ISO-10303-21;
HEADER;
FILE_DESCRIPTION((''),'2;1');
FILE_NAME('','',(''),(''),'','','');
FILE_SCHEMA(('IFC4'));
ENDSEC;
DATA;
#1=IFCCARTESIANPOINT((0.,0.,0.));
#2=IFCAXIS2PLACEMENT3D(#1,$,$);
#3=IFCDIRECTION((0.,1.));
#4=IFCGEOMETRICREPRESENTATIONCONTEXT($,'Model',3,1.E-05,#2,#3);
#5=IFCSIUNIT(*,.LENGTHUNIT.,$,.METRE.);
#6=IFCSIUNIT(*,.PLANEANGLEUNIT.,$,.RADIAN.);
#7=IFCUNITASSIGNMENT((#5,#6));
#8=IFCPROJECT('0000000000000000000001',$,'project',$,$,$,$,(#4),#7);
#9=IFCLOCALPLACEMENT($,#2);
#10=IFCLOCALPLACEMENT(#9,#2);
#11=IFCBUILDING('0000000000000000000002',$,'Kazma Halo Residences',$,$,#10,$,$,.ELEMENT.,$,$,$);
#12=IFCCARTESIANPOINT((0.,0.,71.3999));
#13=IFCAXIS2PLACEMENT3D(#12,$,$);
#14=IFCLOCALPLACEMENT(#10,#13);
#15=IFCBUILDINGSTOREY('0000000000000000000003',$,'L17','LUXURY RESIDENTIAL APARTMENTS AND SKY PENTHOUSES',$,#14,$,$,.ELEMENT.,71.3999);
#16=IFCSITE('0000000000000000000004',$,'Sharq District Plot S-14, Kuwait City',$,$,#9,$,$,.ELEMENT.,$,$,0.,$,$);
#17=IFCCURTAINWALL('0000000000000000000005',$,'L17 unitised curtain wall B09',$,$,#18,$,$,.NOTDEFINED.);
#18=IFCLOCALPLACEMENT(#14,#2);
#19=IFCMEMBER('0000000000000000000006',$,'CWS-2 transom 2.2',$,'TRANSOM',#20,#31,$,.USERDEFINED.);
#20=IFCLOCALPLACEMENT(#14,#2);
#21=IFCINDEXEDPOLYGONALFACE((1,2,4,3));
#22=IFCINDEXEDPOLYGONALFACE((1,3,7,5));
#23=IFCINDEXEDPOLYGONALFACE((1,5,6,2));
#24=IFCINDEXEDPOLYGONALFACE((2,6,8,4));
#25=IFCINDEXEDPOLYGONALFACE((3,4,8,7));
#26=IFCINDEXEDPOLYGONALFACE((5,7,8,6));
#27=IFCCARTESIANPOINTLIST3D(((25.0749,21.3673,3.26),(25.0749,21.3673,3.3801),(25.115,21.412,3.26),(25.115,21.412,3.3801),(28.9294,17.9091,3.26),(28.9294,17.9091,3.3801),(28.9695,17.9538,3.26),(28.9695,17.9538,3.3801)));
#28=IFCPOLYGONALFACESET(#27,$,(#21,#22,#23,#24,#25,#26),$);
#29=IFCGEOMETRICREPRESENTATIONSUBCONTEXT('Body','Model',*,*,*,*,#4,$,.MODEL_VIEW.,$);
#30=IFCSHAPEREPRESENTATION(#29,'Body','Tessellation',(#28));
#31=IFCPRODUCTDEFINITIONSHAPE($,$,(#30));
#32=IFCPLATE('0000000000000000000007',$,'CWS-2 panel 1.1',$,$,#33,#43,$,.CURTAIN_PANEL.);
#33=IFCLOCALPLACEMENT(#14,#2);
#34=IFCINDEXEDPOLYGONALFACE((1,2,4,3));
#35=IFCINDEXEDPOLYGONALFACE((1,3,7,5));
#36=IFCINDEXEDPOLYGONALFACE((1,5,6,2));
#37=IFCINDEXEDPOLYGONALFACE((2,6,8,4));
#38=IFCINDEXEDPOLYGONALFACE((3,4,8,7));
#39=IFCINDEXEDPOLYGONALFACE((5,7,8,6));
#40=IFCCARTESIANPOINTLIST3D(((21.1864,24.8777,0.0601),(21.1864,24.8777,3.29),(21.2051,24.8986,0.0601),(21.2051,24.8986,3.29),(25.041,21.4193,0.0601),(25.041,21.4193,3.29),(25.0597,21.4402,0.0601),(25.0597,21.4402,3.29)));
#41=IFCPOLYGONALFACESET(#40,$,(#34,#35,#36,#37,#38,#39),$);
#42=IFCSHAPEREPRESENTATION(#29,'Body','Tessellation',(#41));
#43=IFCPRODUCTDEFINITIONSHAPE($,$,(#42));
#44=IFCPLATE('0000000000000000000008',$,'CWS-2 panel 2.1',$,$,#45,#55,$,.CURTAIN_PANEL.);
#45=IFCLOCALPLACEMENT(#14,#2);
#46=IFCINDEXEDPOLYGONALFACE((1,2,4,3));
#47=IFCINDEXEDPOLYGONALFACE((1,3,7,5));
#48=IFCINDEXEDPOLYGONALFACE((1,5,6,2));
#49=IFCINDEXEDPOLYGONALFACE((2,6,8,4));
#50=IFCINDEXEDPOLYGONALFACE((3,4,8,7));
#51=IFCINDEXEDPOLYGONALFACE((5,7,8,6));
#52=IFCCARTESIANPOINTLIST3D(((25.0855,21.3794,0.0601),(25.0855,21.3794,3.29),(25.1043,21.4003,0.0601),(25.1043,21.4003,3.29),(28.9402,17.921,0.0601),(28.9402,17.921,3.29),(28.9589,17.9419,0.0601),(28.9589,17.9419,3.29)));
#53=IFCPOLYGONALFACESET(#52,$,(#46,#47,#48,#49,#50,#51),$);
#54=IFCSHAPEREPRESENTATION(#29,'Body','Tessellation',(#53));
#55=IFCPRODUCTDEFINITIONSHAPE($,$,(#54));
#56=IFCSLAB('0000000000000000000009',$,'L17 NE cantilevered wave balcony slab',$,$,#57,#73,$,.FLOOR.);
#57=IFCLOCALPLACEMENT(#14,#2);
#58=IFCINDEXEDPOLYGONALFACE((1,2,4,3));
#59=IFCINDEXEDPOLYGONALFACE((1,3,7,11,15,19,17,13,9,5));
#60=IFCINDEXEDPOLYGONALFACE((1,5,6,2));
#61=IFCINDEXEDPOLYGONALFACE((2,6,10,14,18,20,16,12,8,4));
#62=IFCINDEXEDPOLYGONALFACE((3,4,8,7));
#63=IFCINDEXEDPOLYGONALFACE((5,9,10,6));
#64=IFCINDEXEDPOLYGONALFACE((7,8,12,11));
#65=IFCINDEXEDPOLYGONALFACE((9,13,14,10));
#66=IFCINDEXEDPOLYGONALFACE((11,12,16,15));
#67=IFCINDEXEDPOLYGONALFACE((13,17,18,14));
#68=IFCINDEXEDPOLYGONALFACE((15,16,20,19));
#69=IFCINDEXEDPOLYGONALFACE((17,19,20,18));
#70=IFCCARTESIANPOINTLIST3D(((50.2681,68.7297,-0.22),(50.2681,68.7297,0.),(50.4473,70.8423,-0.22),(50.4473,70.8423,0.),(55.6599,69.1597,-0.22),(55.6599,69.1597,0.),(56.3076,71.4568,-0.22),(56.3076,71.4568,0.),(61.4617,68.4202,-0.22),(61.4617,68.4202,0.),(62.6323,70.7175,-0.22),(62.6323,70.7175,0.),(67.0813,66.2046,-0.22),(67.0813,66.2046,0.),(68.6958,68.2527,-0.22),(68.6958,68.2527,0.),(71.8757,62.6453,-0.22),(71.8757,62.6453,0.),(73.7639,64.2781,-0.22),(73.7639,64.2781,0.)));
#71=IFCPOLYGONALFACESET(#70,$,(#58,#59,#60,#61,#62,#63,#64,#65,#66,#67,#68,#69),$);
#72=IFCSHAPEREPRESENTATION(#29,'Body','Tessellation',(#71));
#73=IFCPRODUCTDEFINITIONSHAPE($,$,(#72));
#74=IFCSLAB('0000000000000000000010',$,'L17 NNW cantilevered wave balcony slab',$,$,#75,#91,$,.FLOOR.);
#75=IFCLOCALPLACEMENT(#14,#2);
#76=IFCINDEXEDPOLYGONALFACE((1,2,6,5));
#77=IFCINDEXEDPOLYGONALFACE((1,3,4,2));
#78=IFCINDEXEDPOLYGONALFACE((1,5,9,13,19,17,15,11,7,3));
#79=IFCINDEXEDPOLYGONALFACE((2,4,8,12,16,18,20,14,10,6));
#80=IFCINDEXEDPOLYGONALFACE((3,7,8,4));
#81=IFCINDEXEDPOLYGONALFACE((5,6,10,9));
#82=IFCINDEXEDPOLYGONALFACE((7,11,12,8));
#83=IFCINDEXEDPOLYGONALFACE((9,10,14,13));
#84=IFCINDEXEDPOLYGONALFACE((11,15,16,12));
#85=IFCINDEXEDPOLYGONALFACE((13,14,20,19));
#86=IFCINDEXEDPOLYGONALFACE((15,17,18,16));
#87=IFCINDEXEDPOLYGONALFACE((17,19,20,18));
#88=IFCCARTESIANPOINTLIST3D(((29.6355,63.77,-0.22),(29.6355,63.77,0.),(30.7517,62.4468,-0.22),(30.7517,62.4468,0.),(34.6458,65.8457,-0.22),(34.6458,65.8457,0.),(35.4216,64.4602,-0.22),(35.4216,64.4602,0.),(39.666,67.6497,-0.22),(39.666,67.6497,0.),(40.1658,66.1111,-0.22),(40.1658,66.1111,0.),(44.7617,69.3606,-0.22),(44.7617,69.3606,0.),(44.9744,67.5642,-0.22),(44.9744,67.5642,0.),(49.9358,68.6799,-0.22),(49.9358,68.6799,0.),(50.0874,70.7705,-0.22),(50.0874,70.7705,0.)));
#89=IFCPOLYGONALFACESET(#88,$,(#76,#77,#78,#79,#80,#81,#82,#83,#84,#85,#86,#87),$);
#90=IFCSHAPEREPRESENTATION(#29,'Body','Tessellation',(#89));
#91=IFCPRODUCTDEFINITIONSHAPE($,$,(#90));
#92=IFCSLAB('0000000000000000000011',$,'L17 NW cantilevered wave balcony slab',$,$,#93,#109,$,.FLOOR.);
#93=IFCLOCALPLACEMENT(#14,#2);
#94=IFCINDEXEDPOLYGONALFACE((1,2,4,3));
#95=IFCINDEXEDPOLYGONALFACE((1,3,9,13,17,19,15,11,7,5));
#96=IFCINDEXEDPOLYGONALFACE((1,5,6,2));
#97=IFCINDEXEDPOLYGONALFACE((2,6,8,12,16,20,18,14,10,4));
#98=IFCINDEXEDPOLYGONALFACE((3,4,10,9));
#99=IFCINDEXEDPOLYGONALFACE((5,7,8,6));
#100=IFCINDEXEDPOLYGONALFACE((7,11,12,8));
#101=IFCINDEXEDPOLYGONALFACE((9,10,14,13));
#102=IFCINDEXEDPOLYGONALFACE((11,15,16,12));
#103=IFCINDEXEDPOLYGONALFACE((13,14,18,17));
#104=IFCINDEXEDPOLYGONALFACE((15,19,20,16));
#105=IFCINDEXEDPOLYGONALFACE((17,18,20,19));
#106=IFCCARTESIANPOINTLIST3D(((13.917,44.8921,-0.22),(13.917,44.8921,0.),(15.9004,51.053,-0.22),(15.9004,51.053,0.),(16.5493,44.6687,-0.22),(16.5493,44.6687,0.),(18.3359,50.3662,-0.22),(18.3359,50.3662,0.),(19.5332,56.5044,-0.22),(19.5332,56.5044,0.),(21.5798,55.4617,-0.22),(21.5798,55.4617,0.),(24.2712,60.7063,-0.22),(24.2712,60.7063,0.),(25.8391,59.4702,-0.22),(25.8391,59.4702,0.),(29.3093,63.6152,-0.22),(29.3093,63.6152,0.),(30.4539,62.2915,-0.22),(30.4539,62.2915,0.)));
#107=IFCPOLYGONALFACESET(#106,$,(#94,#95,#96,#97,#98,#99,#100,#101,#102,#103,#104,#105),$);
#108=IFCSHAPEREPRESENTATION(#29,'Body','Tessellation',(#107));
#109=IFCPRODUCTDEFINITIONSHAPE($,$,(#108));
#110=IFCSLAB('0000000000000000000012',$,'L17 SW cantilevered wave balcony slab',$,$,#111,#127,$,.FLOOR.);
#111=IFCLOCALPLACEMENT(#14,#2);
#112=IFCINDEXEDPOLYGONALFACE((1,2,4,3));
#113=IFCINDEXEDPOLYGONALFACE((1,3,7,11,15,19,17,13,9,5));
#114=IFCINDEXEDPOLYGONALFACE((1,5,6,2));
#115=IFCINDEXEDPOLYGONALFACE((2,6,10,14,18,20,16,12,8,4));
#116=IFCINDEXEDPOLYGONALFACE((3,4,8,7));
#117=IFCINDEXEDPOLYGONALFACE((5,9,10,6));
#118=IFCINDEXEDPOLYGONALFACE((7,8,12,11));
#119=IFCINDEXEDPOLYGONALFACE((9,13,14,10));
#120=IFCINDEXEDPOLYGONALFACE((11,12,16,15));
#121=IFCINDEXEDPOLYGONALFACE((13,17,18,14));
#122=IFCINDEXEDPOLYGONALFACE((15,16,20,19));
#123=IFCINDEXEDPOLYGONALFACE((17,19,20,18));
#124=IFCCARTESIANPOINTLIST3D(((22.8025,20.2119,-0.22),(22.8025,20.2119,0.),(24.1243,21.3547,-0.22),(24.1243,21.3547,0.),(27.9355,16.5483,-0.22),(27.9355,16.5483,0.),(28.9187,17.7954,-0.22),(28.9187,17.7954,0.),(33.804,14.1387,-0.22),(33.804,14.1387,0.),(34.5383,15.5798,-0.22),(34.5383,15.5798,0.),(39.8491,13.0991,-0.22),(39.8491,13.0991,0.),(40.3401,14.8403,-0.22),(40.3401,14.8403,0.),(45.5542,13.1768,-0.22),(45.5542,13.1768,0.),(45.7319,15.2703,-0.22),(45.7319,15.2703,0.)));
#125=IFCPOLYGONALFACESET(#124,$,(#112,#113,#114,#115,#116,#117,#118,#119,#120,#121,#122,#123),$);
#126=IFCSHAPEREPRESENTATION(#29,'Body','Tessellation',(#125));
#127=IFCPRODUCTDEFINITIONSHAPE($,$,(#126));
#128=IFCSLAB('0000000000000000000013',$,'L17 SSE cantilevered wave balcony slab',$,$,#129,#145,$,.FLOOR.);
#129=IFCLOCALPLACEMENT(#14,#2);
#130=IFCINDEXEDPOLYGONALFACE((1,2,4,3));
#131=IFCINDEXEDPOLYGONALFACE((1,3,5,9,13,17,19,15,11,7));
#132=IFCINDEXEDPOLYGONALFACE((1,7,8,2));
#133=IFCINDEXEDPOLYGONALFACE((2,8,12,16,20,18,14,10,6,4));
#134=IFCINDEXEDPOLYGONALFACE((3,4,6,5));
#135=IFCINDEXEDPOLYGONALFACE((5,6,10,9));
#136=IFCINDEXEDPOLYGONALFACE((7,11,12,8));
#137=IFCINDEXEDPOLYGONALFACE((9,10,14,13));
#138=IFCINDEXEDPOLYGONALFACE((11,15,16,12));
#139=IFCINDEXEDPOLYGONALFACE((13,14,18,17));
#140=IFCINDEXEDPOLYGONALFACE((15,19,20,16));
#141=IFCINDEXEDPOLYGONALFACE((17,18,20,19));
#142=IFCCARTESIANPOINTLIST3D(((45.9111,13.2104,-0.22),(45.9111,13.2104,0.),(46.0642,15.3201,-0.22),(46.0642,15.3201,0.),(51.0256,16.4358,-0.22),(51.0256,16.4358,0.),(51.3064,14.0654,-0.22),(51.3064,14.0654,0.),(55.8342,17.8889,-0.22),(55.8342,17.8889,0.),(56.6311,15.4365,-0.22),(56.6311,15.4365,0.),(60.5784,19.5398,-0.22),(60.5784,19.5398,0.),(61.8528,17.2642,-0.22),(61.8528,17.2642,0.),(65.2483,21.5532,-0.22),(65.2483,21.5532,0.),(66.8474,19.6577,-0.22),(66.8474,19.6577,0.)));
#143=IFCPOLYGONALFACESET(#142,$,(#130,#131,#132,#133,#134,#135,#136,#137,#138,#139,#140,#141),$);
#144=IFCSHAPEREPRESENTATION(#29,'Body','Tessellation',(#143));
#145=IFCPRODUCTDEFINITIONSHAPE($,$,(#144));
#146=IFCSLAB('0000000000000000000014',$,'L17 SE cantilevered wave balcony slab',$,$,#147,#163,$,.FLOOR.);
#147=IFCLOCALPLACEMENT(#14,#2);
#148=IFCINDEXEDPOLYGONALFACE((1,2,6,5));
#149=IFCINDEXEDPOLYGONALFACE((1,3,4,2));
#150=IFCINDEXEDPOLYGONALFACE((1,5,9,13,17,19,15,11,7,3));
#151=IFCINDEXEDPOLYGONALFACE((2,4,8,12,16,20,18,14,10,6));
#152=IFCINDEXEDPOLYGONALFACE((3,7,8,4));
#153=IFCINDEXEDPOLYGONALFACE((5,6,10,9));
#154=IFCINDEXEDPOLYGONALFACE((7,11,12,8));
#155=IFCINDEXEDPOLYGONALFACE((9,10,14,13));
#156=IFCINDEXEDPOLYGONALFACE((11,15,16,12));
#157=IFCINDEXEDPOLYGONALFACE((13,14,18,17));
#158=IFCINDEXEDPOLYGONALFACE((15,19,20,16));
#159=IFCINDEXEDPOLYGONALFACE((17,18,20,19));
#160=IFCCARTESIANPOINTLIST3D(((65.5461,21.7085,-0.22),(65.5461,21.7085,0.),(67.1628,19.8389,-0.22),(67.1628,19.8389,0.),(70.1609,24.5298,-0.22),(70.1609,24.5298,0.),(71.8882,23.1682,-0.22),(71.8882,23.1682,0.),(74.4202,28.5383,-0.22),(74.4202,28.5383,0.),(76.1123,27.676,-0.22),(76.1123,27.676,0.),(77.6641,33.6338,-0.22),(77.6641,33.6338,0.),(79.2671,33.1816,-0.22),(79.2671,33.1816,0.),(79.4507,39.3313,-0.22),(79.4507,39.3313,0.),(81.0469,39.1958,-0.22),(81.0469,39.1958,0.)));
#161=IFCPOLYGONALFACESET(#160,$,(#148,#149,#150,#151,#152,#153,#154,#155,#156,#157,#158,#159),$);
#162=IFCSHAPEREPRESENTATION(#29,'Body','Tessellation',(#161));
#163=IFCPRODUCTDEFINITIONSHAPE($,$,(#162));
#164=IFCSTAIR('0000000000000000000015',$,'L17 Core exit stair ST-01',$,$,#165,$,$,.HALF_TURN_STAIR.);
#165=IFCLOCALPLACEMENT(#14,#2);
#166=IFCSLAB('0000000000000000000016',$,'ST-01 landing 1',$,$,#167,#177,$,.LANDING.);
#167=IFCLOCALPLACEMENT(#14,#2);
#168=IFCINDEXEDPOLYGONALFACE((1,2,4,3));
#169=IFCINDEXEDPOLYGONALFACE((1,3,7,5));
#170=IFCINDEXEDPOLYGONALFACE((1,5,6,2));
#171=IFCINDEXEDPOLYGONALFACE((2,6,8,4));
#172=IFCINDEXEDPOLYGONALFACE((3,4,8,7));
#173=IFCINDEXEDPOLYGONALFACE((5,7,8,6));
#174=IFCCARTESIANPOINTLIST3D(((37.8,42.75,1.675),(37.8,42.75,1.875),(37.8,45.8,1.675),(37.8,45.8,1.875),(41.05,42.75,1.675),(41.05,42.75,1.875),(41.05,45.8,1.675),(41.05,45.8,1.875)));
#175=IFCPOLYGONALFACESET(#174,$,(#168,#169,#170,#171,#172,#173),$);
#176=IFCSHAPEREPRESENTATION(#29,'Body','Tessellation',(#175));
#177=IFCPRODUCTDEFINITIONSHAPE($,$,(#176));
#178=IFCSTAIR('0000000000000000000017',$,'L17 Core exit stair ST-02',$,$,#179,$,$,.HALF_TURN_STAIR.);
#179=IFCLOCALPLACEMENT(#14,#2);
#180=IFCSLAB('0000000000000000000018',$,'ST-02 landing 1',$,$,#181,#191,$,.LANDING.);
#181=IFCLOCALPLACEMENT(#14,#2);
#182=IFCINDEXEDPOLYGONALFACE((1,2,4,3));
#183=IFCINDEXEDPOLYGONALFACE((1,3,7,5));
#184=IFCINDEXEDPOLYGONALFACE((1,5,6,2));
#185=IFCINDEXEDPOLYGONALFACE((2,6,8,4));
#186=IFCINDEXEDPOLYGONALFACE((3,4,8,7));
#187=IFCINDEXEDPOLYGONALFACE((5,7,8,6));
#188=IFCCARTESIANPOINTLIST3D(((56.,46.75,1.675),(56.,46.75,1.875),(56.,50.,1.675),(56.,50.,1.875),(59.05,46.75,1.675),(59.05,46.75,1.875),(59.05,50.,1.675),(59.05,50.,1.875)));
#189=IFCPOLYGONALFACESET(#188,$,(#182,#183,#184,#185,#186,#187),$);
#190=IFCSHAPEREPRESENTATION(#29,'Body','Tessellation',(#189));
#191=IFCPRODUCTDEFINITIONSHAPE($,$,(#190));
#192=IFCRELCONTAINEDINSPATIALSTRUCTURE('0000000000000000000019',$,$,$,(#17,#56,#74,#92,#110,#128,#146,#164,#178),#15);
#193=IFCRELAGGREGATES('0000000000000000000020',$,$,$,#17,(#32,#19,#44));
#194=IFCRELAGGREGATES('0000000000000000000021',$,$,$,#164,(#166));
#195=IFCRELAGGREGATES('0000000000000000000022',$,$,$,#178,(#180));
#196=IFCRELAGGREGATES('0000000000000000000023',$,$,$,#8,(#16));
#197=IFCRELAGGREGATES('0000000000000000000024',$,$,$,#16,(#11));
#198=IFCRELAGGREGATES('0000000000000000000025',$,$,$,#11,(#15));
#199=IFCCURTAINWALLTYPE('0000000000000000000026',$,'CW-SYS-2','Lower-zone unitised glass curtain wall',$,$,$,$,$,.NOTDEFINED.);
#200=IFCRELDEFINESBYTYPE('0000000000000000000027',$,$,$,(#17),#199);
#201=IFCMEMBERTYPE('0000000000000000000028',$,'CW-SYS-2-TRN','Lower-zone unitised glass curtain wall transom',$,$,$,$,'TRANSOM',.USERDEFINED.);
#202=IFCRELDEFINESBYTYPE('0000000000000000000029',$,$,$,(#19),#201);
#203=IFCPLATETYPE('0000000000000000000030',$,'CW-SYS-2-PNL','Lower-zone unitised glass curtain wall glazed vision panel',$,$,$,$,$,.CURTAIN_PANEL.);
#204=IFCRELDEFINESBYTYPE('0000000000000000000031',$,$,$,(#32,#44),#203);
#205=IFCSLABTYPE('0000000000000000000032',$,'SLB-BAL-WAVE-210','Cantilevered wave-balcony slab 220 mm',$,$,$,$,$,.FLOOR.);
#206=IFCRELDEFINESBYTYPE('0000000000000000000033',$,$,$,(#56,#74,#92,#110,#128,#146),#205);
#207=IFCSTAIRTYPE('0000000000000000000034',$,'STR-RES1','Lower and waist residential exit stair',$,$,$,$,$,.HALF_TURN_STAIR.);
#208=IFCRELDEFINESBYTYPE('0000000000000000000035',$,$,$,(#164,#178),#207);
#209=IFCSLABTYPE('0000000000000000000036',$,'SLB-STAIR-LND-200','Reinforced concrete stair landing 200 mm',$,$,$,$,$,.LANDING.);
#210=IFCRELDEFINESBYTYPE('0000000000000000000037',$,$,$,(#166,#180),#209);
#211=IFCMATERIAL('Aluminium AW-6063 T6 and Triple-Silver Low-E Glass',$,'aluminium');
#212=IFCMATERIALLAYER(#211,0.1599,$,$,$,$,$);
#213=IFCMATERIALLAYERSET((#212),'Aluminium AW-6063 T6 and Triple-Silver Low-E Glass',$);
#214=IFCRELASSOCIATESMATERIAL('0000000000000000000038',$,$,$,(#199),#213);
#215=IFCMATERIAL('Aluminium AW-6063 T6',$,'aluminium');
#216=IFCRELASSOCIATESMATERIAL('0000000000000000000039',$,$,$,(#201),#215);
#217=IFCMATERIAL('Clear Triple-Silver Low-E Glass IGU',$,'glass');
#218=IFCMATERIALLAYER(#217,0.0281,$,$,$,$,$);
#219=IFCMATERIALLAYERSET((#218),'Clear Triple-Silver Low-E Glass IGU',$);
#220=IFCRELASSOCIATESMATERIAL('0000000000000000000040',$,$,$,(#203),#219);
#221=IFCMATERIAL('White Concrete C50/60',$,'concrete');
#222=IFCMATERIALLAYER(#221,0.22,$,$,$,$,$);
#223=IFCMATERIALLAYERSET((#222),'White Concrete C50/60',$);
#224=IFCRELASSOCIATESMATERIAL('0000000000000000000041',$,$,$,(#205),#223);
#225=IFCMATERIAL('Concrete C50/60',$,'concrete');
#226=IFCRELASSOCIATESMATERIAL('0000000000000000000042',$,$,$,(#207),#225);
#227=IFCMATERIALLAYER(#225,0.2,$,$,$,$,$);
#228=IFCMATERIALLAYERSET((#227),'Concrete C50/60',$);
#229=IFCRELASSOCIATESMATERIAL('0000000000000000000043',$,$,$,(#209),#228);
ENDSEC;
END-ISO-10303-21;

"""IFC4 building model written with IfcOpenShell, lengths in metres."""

from ifc_helpers import new_model, si_unit, direction, frame, origin, origin_2d, place, context, subcontext, project, spatial, polyline, rectangle, outline, extrude, material, layer, layer_set, material_profile, profile_set, type_object, element, aggregate, save


model = new_model("IFC4")

# Units and contexts
model_context = context("Model", 3, precision=1e-05, world=origin(), true_north=direction((0.0, 1.0)))
body_context = subcontext(model_context, "Body", "Model", "MODEL_VIEW")
ifc_project = project(units=[si_unit("LENGTHUNIT", "METRE"), si_unit("PLANEANGLEUNIT", "RADIAN")], contexts=[model_context])

# Site, building, storey
site_placement = place(None, origin())
site = spatial("IfcSite", under=ifc_project, at=site_placement, Name="Sharq District Plot S-14, Kuwait City", CompositionType="ELEMENT", RefElevation=0.0)
building_placement = place(site_placement, origin())
building = spatial("IfcBuilding", under=site, at=building_placement, Name="Kazma Halo Residences", CompositionType="ELEMENT")
storey_placement = place(building_placement, frame((0.0, 0.0, 71.3999)))
storey = spatial("IfcBuildingStorey", under=building, at=storey_placement, Name="L17", Description="LUXURY RESIDENTIAL APARTMENTS AND SKY PENTHOUSES", CompositionType="ELEMENT", Elevation=71.3999)

# Curtain wall, member, plates
ifc_material_1 = material(Name="Aluminium AW-6063 T6 and Triple-Silver Low-E Glass", Category="aluminium")
ifc_layer_1 = layer(ifc_material_1, 0.1599)
ifc_layer_set_1 = layer_set([ifc_layer_1], Name="Aluminium AW-6063 T6 and Triple-Silver Low-E Glass")
curtain_wall_type = type_object("IfcCurtainWallType", Name="CW-SYS-2", Description="Lower-zone unitised glass curtain wall", PredefinedType="NOTDEFINED", material=ifc_layer_set_1)
curtain_wall_placement = place(storey_placement, origin())
curtain_wall = element("IfcCurtainWall", 1, at=curtain_wall_placement, inside=storey, type_object=curtain_wall_type, Name="L17 unitised curtain wall B09", PredefinedType="NOTDEFINED")
ifc_material_2 = material(Name="Aluminium AW-6063 T6", Category="aluminium")
ifc_material_profile_1 = material_profile(ifc_material_2, rectangle(XDim=0.0601, YDim=0.1201, at=origin_2d()), Name="CWT-60x120")
ifc_profile_set_1 = profile_set([ifc_material_profile_1], Name="Aluminium AW-6063 T6")
member_type_1 = type_object("IfcMemberType", Name="CW-SYS-2-TRN", Description="Lower-zone unitised glass curtain wall transom", ElementType="TRANSOM", PredefinedType="USERDEFINED", material=ifc_profile_set_1)
member_1_placement = place(storey_placement, frame((25.095, 21.3896, 3.3201), z_axis=(0.744329, -0.667813, 0.0), x_axis=(0.667813, 0.744329, 0.0)))
member_1 = element("IfcMember", 2, at=member_1_placement, type_object=member_type_1, Name="CWS-2 transom 2.2", ObjectType="TRANSOM", PredefinedType="USERDEFINED", context=body_context, shape_type="SweptSolid", body=[
    extrude(rectangle(XDim=0.0601, YDim=0.1201, at=origin_2d()), origin(), (0.0, 0.0, 1.0), 5.1785),
])
ifc_material_3 = material(Name="Clear Triple-Silver Low-E Glass IGU", Category="glass")
ifc_layer_2 = layer(ifc_material_3, 0.0281)
ifc_layer_set_2 = layer_set([ifc_layer_2], Name="Clear Triple-Silver Low-E Glass IGU")
plate_type = type_object("IfcPlateType", Name="CW-SYS-2-PNL", Description="Lower-zone unitised glass curtain wall glazed vision panel", PredefinedType="CURTAIN_PANEL", material=ifc_layer_set_2)
plate_1_placement = place(storey_placement, frame((23.123, 23.1589, 0.0601), z_axis=(0.0, 0.0, 1.0), x_axis=(0.744322, -0.667821, 0.0)))
plate_1 = element("IfcPlate", 3, at=plate_1_placement, type_object=plate_type, Name="CWS-2 panel 1.1", PredefinedType="CURTAIN_PANEL", context=body_context, shape_type="SweptSolid", body=[
    extrude(rectangle(XDim=5.1787, YDim=0.0281, at=origin_2d()), origin(), (0.0, 0.0, 1.0), 3.23),
])
plate_2_placement = place(storey_placement, frame((27.0222, 19.6606, 0.0601), z_axis=(0.0, 0.0, 1.0), x_axis=(0.744322, -0.667821, 0.0)))
plate_2 = element("IfcPlate", 4, at=plate_2_placement, type_object=plate_type, Name="CWS-2 panel 2.1", PredefinedType="CURTAIN_PANEL", context=body_context, shape_type="SweptSolid", body=[
    extrude(rectangle(XDim=5.1787, YDim=0.0281, at=origin_2d()), origin(), (0.0, 0.0, 1.0), 3.23),
])
aggregate(curtain_wall, [plate_1, member_1, plate_2])

# Slabs
ifc_material_4 = material(Name="White Concrete C50/60", Category="concrete")
ifc_layer_3 = layer(ifc_material_4, 0.22)
ifc_layer_set_3 = layer_set([ifc_layer_3], Name="White Concrete C50/60")
slab_type_1 = type_object("IfcSlabType", Name="SLB-BAL-WAVE-210", Description="Cantilevered wave-balcony slab 220 mm", PredefinedType="FLOOR", material=ifc_layer_set_3)
slab_1_placement = place(storey_placement, frame((0.0, 0.0, -0.22)))
element("IfcSlab", 5, at=slab_1_placement, inside=storey, type_object=slab_type_1, Name="L17 NE cantilevered wave balcony slab", PredefinedType="FLOOR", context=body_context, shape_type="SweptSolid", body=[
    extrude(outline(polyline([(71.8757, 62.6453), (67.0813, 66.2046), (61.4617, 68.4202), (55.6599, 69.1597), (50.2681, 68.7297), (50.4473, 70.8423), (56.3076, 71.4568), (62.6323, 70.7175), (68.6958, 68.2527), (73.7639, 64.2781), (71.8757, 62.6453)])), origin(), (0.0, 0.0, 1.0), 0.22),
])
slab_2_placement = place(storey_placement, frame((0.0, 0.0, -0.22)))
element("IfcSlab", 6, at=slab_2_placement, inside=storey, type_object=slab_type_1, Name="L17 NNW cantilevered wave balcony slab", PredefinedType="FLOOR", context=body_context, shape_type="SweptSolid", body=[
    extrude(outline(polyline([(49.9358, 68.6799), (44.9744, 67.5642), (40.1658, 66.1111), (35.4216, 64.4602), (30.7517, 62.4468), (29.6355, 63.77), (34.6458, 65.8457), (39.666, 67.6497), (44.7617, 69.3606), (50.0874, 70.7705), (49.9358, 68.6799)])), origin(), (0.0, 0.0, 1.0), 0.22),
])
slab_3_placement = place(storey_placement, frame((0.0, 0.0, -0.22)))
element("IfcSlab", 7, at=slab_3_placement, inside=storey, type_object=slab_type_1, Name="L17 NW cantilevered wave balcony slab", PredefinedType="FLOOR", context=body_context, shape_type="SweptSolid", body=[
    extrude(outline(polyline([(30.4539, 62.2915), (25.8391, 59.4702), (21.5798, 55.4617), (18.3359, 50.3662), (16.5493, 44.6687), (13.917, 44.8921), (15.9004, 51.053), (19.5332, 56.5044), (24.2712, 60.7063), (29.3093, 63.6152), (30.4539, 62.2915)])), origin(), (0.0, 0.0, 1.0), 0.22),
])
slab_4_placement = place(storey_placement, frame((0.0, 0.0, -0.22)))
element("IfcSlab", 8, at=slab_4_placement, inside=storey, type_object=slab_type_1, Name="L17 SW cantilevered wave balcony slab", PredefinedType="FLOOR", context=body_context, shape_type="SweptSolid", body=[
    extrude(outline(polyline([(24.1243, 21.3547), (28.9187, 17.7954), (34.5383, 15.5798), (40.3401, 14.8403), (45.7319, 15.2703), (45.5542, 13.1768), (39.8491, 13.0991), (33.804, 14.1387), (27.9355, 16.5483), (22.8025, 20.2119), (24.1243, 21.3547)])), origin(), (0.0, 0.0, 1.0), 0.22),
])
slab_5_placement = place(storey_placement, frame((0.0, 0.0, -0.22)))
element("IfcSlab", 9, at=slab_5_placement, inside=storey, type_object=slab_type_1, Name="L17 SSE cantilevered wave balcony slab", PredefinedType="FLOOR", context=body_context, shape_type="SweptSolid", body=[
    extrude(outline(polyline([(46.0642, 15.3201), (51.0256, 16.4358), (55.8342, 17.8889), (60.5784, 19.5398), (65.2483, 21.5532), (66.8474, 19.6577), (61.8528, 17.2642), (56.6311, 15.4365), (51.3064, 14.0654), (45.9111, 13.2104), (46.0642, 15.3201)])), origin(), (0.0, 0.0, 1.0), 0.22),
])
slab_6_placement = place(storey_placement, frame((0.0, 0.0, -0.22)))
element("IfcSlab", 10, at=slab_6_placement, inside=storey, type_object=slab_type_1, Name="L17 SE cantilevered wave balcony slab", PredefinedType="FLOOR", context=body_context, shape_type="SweptSolid", body=[
    extrude(outline(polyline([(65.5461, 21.7085), (70.1609, 24.5298), (74.4202, 28.5383), (77.6641, 33.6338), (79.4507, 39.3313), (81.0469, 39.1958), (79.2671, 33.1816), (76.1123, 27.676), (71.8882, 23.1682), (67.1628, 19.8389), (65.5461, 21.7085)])), origin(), (0.0, 0.0, 1.0), 0.22),
])

# Stairs, slabs
ifc_material_5 = material(Name="Concrete C50/60", Category="concrete")
stair_type = type_object("IfcStairType", Name="STR-RES1", Description="Lower and waist residential exit stair", PredefinedType="HALF_TURN_STAIR", material=ifc_material_5)
stair_1_placement = place(storey_placement, origin())
stair_1 = element("IfcStair", 11, at=stair_1_placement, inside=storey, type_object=stair_type, Name="L17 Core exit stair ST-01", PredefinedType="HALF_TURN_STAIR")
ifc_layer_4 = layer(ifc_material_5, 0.2)
ifc_layer_set_4 = layer_set([ifc_layer_4], Name="Concrete C50/60")
slab_type_2 = type_object("IfcSlabType", Name="SLB-STAIR-LND-200", Description="Reinforced concrete stair landing 200 mm", PredefinedType="LANDING", material=ifc_layer_set_4)
slab_7_placement = place(storey_placement, frame((0.0, 0.0, 1.675)))
slab_7 = element("IfcSlab", 12, at=slab_7_placement, type_object=slab_type_2, Name="ST-01 landing 1", PredefinedType="LANDING", context=body_context, shape_type="SweptSolid", body=[
    extrude(outline(polyline([(41.05, 42.75), (41.05, 45.8), (37.8, 45.8), (37.8, 42.75), (41.05, 42.75)])), origin(), (0.0, 0.0, 1.0), 0.2),
])
aggregate(stair_1, [slab_7])
stair_2_placement = place(storey_placement, origin())
stair_2 = element("IfcStair", 13, at=stair_2_placement, inside=storey, type_object=stair_type, Name="L17 Core exit stair ST-02", PredefinedType="HALF_TURN_STAIR")
slab_8_placement = place(storey_placement, frame((0.0, 0.0, 1.675)))
slab_8 = element("IfcSlab", 14, at=slab_8_placement, type_object=slab_type_2, Name="ST-02 landing 1", PredefinedType="LANDING", context=body_context, shape_type="SweptSolid", body=[
    extrude(outline(polyline([(56.0, 46.75), (59.05, 46.75), (59.05, 50.0), (56.0, 50.0), (56.0, 46.75)])), origin(), (0.0, 0.0, 1.0), 0.2),
])
aggregate(stair_2, [slab_8])

save(model, "model.ifc")
